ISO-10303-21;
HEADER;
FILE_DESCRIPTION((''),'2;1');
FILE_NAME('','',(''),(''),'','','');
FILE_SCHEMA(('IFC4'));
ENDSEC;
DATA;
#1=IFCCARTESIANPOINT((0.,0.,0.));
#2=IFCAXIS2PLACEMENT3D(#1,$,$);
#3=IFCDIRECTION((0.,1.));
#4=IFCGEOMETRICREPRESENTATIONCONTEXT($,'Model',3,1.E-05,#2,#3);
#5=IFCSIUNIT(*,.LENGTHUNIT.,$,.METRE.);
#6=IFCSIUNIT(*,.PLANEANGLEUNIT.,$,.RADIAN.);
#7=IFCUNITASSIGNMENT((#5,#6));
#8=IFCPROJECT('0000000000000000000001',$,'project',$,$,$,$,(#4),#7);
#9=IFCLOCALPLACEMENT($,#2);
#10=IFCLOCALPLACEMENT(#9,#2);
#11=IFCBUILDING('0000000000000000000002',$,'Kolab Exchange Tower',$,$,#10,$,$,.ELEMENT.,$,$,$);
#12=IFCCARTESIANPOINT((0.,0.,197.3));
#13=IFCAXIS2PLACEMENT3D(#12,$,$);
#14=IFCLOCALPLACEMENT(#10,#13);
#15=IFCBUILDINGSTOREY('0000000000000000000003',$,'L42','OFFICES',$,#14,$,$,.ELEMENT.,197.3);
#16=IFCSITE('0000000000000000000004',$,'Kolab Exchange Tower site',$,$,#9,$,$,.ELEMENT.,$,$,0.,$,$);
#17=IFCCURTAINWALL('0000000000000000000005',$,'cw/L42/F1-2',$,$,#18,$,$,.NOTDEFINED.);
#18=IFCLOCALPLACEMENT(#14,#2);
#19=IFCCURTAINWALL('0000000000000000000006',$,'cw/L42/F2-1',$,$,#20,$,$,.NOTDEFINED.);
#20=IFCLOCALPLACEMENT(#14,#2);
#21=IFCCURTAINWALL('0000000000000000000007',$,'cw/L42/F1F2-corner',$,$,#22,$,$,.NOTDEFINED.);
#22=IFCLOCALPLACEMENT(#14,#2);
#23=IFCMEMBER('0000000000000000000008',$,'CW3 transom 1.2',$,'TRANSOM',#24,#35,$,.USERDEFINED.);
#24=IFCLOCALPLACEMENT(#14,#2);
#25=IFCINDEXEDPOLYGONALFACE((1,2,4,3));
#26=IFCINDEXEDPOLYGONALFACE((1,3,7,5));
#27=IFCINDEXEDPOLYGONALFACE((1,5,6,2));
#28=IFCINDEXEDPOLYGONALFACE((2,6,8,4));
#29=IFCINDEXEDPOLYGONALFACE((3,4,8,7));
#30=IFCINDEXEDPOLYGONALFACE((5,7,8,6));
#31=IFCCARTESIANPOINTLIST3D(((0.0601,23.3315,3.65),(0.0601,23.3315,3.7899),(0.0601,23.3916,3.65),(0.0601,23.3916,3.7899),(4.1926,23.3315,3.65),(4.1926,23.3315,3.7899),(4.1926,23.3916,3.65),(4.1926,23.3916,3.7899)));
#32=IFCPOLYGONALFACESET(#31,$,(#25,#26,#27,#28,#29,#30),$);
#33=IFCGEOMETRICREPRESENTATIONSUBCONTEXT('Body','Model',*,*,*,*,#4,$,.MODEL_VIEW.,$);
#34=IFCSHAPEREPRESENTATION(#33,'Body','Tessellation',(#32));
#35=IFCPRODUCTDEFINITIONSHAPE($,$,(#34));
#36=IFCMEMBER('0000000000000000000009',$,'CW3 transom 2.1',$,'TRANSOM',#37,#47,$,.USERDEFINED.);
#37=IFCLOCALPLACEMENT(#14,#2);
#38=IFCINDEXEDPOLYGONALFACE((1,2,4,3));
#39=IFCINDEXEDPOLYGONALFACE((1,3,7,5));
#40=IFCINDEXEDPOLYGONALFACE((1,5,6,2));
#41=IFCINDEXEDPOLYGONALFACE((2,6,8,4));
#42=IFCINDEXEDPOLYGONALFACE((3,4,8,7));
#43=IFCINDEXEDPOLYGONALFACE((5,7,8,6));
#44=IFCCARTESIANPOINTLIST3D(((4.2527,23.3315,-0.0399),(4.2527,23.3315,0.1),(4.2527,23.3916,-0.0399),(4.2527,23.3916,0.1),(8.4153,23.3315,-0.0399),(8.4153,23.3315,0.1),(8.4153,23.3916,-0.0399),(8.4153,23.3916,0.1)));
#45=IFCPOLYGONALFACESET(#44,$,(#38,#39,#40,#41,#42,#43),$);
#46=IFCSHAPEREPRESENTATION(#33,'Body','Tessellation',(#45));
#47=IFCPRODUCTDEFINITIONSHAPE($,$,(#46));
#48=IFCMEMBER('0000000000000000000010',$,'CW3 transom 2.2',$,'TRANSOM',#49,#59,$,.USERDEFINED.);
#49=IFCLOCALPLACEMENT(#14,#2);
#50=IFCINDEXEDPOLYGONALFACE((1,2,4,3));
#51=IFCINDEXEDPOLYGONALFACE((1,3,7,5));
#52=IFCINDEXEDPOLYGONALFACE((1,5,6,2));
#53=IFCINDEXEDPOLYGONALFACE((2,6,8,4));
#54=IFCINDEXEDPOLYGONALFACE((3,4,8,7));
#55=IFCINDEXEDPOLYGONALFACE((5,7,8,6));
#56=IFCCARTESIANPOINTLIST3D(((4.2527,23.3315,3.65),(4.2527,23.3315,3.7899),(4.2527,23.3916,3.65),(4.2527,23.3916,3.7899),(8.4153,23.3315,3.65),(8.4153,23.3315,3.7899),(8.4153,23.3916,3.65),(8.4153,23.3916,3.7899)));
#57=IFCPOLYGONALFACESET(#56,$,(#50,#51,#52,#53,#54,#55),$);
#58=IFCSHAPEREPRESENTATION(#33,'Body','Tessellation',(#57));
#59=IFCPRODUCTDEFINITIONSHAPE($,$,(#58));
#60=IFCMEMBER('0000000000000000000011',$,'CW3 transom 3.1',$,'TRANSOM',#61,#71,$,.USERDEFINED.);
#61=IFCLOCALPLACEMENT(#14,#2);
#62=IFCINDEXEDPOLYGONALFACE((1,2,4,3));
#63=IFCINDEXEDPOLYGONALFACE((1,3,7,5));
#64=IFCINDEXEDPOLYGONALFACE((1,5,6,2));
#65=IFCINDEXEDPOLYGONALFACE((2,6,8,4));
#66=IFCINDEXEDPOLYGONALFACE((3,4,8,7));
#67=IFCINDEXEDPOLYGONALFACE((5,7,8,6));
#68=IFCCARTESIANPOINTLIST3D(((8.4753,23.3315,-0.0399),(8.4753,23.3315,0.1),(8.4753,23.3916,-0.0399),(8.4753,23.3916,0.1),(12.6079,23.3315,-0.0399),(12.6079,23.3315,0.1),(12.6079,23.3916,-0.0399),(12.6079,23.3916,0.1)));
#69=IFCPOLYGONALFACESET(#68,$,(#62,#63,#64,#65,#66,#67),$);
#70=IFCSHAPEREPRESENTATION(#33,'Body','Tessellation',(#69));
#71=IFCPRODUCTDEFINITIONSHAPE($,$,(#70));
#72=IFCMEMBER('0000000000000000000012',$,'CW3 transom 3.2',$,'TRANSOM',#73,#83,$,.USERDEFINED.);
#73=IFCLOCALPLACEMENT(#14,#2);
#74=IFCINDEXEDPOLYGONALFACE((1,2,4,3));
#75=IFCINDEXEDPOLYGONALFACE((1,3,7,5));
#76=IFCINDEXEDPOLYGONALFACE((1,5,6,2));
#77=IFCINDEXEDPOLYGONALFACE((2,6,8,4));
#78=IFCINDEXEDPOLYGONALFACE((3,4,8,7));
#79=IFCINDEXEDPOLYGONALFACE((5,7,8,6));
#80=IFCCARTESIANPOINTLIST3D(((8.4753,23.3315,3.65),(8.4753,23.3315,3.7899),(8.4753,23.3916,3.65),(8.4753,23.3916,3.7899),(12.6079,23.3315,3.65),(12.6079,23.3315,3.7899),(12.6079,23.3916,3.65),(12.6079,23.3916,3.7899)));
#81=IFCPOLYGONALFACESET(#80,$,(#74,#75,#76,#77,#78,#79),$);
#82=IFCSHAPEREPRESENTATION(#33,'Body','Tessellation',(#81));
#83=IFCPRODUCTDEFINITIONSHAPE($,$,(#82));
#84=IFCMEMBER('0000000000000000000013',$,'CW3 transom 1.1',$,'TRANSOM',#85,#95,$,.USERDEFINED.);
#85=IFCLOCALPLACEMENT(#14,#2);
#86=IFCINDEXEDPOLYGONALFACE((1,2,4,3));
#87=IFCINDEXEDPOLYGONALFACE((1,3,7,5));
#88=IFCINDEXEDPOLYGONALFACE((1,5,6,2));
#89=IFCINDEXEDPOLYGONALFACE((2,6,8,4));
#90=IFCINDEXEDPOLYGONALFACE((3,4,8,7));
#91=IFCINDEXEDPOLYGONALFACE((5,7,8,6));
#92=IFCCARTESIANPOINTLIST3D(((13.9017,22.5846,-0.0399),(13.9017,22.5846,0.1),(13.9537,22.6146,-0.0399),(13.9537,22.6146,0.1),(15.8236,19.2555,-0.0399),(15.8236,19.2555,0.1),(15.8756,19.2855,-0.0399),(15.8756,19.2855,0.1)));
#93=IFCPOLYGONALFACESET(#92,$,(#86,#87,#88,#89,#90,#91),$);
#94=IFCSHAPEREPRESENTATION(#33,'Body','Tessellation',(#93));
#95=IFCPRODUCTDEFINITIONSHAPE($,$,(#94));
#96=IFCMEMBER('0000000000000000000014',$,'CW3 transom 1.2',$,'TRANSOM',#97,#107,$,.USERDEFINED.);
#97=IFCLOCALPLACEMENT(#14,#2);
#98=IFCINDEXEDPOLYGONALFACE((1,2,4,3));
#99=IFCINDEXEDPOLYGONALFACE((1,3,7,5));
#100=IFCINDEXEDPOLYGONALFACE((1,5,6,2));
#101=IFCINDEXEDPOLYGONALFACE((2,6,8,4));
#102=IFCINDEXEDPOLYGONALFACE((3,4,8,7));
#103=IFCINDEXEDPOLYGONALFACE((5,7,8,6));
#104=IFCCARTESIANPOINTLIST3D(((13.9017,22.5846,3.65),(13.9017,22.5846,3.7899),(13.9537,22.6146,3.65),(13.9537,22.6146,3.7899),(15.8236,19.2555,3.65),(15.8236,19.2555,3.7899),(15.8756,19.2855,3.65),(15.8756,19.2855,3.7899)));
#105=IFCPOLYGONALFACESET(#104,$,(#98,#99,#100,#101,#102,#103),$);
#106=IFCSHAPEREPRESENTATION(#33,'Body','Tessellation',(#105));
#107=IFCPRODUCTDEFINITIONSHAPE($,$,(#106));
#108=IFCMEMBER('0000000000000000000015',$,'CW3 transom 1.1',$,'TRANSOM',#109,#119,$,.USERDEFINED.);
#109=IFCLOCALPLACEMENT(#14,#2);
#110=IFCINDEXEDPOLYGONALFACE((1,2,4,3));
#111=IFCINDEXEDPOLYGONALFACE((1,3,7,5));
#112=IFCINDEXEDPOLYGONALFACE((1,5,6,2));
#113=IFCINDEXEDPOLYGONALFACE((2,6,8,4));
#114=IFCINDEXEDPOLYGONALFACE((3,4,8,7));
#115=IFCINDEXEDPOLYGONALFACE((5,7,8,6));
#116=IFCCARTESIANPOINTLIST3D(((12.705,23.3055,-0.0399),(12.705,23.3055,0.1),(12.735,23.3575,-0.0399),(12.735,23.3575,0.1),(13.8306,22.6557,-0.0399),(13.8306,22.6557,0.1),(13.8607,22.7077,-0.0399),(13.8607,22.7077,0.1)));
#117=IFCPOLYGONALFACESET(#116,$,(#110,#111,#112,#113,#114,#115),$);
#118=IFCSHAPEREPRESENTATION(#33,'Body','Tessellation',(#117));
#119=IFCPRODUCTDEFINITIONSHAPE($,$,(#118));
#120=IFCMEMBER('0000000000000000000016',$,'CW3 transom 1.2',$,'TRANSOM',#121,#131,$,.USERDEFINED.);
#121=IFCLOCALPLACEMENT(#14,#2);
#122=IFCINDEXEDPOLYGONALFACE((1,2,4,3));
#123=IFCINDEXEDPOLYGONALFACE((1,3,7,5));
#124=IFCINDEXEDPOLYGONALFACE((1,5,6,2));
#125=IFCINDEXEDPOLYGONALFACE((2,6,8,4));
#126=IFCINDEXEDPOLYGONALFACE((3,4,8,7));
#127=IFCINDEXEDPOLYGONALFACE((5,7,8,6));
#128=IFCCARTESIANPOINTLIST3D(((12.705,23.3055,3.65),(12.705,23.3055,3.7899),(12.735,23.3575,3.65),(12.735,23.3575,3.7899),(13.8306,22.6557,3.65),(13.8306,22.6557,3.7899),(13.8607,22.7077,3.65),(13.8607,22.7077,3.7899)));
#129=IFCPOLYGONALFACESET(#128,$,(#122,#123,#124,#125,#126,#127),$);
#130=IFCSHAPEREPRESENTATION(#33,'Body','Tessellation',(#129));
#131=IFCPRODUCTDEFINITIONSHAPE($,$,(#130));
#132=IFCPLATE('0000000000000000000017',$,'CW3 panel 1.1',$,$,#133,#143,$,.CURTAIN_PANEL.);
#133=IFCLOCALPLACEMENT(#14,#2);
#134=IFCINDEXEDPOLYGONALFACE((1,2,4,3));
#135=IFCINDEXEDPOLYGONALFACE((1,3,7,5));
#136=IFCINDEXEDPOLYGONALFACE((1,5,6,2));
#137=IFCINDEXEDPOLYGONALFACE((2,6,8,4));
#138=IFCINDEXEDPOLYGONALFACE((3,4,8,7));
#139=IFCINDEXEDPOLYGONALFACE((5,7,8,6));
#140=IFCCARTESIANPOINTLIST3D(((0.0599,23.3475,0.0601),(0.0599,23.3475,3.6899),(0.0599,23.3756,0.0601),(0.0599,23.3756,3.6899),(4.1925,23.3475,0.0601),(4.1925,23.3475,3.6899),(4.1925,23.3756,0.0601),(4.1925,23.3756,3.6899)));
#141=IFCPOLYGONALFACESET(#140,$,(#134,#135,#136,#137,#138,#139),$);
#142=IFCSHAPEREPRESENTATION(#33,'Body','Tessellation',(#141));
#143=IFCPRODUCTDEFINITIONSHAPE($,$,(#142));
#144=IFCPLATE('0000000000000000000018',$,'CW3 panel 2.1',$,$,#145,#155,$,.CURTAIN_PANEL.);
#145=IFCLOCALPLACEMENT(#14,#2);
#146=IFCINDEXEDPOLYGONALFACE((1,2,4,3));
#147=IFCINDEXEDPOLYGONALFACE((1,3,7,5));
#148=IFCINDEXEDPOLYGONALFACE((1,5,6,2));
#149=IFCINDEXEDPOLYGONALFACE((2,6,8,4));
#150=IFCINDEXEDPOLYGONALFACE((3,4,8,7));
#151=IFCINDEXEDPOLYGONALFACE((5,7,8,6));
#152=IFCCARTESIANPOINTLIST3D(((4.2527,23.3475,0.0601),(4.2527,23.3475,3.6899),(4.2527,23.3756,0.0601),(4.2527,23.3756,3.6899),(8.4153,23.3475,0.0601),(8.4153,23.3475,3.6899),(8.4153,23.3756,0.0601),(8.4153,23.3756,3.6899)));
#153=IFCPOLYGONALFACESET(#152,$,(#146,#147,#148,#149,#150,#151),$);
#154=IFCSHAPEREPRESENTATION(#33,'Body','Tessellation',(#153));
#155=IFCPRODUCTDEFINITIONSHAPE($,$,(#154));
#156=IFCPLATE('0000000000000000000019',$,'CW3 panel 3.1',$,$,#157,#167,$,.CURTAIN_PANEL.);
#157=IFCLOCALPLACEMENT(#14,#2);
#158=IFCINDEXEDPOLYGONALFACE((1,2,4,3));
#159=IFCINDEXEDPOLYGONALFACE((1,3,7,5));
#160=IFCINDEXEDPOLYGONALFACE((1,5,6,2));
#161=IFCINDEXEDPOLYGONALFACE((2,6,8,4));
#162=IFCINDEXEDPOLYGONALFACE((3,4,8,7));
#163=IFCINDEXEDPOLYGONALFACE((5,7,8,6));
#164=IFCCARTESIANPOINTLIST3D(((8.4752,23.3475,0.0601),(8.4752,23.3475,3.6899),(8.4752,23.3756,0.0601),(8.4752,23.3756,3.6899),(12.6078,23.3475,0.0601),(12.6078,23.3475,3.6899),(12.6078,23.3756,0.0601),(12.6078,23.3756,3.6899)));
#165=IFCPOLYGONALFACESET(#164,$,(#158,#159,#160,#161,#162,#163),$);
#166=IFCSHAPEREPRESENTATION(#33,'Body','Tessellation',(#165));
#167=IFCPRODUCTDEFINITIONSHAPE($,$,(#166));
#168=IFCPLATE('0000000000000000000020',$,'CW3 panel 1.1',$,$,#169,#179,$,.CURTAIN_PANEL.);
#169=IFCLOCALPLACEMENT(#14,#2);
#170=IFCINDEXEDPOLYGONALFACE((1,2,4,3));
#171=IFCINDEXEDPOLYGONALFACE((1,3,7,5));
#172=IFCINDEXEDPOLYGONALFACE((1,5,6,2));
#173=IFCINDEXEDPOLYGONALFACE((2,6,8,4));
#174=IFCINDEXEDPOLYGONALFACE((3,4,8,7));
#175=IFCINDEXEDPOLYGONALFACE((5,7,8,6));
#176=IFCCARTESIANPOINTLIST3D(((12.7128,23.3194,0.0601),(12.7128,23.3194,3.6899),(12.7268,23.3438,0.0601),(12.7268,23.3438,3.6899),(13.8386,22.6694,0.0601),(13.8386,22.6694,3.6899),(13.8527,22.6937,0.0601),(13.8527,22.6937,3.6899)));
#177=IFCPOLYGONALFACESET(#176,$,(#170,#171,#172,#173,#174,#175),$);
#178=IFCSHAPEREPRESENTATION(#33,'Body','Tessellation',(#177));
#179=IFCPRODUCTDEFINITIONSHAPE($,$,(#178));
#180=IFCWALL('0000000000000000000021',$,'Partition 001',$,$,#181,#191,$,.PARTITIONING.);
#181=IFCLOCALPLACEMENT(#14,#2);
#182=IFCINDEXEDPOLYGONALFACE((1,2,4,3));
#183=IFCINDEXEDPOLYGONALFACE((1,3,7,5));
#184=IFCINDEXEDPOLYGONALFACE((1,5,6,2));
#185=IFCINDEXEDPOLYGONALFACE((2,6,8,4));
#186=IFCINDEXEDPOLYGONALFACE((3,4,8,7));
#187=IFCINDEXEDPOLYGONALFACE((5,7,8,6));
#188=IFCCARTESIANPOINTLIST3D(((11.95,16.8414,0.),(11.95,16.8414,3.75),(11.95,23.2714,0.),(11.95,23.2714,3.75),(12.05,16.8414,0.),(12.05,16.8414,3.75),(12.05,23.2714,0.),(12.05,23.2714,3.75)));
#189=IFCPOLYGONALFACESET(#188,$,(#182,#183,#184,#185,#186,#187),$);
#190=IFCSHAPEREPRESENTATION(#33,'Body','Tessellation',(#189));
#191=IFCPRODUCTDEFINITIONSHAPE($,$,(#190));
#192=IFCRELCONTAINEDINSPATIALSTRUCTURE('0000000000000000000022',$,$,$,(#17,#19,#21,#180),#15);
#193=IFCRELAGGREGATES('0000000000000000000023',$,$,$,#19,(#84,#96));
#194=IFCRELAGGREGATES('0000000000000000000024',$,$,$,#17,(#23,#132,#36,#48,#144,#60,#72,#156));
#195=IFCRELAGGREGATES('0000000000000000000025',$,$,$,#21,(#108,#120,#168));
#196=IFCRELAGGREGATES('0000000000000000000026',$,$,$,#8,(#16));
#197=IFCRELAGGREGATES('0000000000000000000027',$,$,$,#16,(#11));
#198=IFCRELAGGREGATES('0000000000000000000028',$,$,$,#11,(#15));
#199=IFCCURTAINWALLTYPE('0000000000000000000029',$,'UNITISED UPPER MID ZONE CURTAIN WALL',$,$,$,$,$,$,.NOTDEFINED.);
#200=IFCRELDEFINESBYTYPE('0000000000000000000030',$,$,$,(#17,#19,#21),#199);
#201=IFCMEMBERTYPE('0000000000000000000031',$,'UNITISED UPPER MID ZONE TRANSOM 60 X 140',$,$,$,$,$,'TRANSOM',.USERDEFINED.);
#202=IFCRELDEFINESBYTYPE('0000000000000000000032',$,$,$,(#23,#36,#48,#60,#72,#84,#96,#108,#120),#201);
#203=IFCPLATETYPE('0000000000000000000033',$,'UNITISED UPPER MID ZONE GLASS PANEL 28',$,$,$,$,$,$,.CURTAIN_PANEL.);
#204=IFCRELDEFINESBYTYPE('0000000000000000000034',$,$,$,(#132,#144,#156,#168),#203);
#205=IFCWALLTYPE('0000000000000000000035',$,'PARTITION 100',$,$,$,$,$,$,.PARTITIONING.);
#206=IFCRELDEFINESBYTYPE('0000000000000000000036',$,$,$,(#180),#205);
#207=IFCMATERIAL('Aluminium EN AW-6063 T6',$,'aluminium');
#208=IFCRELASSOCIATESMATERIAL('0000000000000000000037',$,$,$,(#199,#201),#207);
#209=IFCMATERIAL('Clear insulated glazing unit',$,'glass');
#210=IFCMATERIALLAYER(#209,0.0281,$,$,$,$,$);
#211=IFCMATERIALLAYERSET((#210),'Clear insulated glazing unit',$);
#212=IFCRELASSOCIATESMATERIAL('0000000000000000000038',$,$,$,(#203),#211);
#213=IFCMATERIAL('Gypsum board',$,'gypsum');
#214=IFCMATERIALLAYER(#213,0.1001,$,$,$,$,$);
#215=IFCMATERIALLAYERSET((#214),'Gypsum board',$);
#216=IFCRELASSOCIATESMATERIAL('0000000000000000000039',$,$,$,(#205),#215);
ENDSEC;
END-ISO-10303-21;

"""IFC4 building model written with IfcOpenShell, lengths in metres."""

from ifc_helpers import new_model, si_unit, direction, frame, frame_2d, origin, origin_2d, place, context, subcontext, project, spatial, rectangle, extrude, material, layer, layer_set, material_profile, profile_set, type_object, element, aggregate, save


model = new_model("IFC4")

# Units and contexts
model_context = context("Model", 3, precision=1e-05, world=origin(), true_north=direction((0.0, 1.0)))
body_context = subcontext(model_context, "Body", "Model", "MODEL_VIEW")
ifc_project = project(units=[si_unit("LENGTHUNIT", "METRE"), si_unit("PLANEANGLEUNIT", "RADIAN")], contexts=[model_context])

# Site, building, storey
site_placement = place(None, origin())
site = spatial("IfcSite", under=ifc_project, at=site_placement, Name="Kolab Exchange Tower site", CompositionType="ELEMENT", RefElevation=0.0)
building_placement = place(site_placement, origin())
building = spatial("IfcBuilding", under=site, at=building_placement, Name="Kolab Exchange Tower", CompositionType="ELEMENT")
storey_placement = place(building_placement, frame((0.0, 0.0, 197.3)))
storey = spatial("IfcBuildingStorey", under=building, at=storey_placement, Name="L42", Description="OFFICES", CompositionType="ELEMENT", Elevation=197.3)

# Curtain wall
ifc_material_1 = material(Name="Aluminium EN AW-6063 T6", Category="aluminium")
curtain_wall_type = type_object("IfcCurtainWallType", Name="UNITISED UPPER MID ZONE CURTAIN WALL", PredefinedType="NOTDEFINED", material=ifc_material_1)
curtain_wall_1_placement = place(storey_placement, origin())
curtain_wall_1 = element("IfcCurtainWall", 1, at=curtain_wall_1_placement, inside=storey, type_object=curtain_wall_type, Name="cw/L42/F1-2", PredefinedType="NOTDEFINED")

# Curtain wall
curtain_wall_2_placement = place(storey_placement, origin())
curtain_wall_2 = element("IfcCurtainWall", 2, at=curtain_wall_2_placement, inside=storey, type_object=curtain_wall_type, Name="cw/L42/F2-1", PredefinedType="NOTDEFINED")

# Curtain wall
curtain_wall_3_placement = place(storey_placement, origin())
curtain_wall_3 = element("IfcCurtainWall", 3, at=curtain_wall_3_placement, inside=storey, type_object=curtain_wall_type, Name="cw/L42/F1F2-corner", PredefinedType="NOTDEFINED")

# Members
ifc_material_profile_1 = material_profile(ifc_material_1, rectangle(XDim=0.0601, YDim=0.1399, at=origin_2d()), Name="RECT 60X140")
ifc_profile_set_1 = profile_set([ifc_material_profile_1], Name="Aluminium EN AW-6063 T6")
member_type_1 = type_object("IfcMemberType", Name="UNITISED UPPER MID ZONE TRANSOM 60 X 140", ElementType="TRANSOM", PredefinedType="USERDEFINED", material=ifc_profile_set_1)
member_1_placement = place(storey_placement, frame((0.0601, 23.3616, 3.72), z_axis=(1.0, 0.0, 0.0), x_axis=(0.0, 1.0, 0.0)))
member_1 = element("IfcMember", 4, at=member_1_placement, type_object=member_type_1, Name="CW3 transom 1.2", ObjectType="TRANSOM", PredefinedType="USERDEFINED", context=body_context, shape_type="SweptSolid", body=[
    extrude(rectangle(XDim=0.0601, YDim=0.1399, at=origin_2d()), origin(), (0.0, 0.0, 1.0), 4.1326),
])
member_2_placement = place(storey_placement, frame((4.2527, 23.3616, 0.03), z_axis=(1.0, 0.0, 0.0), x_axis=(0.0, 1.0, 0.0)))
member_2 = element("IfcMember", 5, at=member_2_placement, type_object=member_type_1, Name="CW3 transom 2.1", ObjectType="TRANSOM", PredefinedType="USERDEFINED", context=body_context, shape_type="SweptSolid", body=[
    extrude(rectangle(XDim=0.0601, YDim=0.1399, at=origin_2d()), origin(), (0.0, 0.0, 1.0), 4.1626),
])
member_3_placement = place(storey_placement, frame((4.2527, 23.3616, 3.72), z_axis=(1.0, 0.0, 0.0), x_axis=(0.0, 1.0, 0.0)))
member_3 = element("IfcMember", 6, at=member_3_placement, type_object=member_type_1, Name="CW3 transom 2.2", ObjectType="TRANSOM", PredefinedType="USERDEFINED", context=body_context, shape_type="SweptSolid", body=[
    extrude(rectangle(XDim=0.0601, YDim=0.1399, at=origin_2d()), origin(), (0.0, 0.0, 1.0), 4.1626),
])
member_4_placement = place(storey_placement, frame((8.4753, 23.3616, 0.03), z_axis=(1.0, 0.0, 0.0), x_axis=(0.0, 1.0, 0.0)))
member_4 = element("IfcMember", 7, at=member_4_placement, type_object=member_type_1, Name="CW3 transom 3.1", ObjectType="TRANSOM", PredefinedType="USERDEFINED", context=body_context, shape_type="SweptSolid", body=[
    extrude(rectangle(XDim=0.0601, YDim=0.1399, at=origin_2d()), origin(), (0.0, 0.0, 1.0), 4.1326),
])
member_5_placement = place(storey_placement, frame((8.4753, 23.3616, 3.72), z_axis=(1.0, 0.0, 0.0), x_axis=(0.0, 1.0, 0.0)))
member_5 = element("IfcMember", 8, at=member_5_placement, type_object=member_type_1, Name="CW3 transom 3.2", ObjectType="TRANSOM", PredefinedType="USERDEFINED", context=body_context, shape_type="SweptSolid", body=[
    extrude(rectangle(XDim=0.0601, YDim=0.1399, at=origin_2d()), origin(), (0.0, 0.0, 1.0), 4.1326),
])
member_6_placement = place(storey_placement, frame((13.9277, 22.5996, 0.03), z_axis=(0.499964, -0.866046, 0.0), x_axis=(0.866046, 0.499964, 0.0)))
member_6 = element("IfcMember", 9, at=member_6_placement, type_object=member_type_1, Name="CW3 transom 1.1", ObjectType="TRANSOM", PredefinedType="USERDEFINED", context=body_context, shape_type="SweptSolid", body=[
    extrude(rectangle(XDim=0.0601, YDim=0.1399, at=origin_2d()), origin(), (0.0, 0.0, 1.0), 3.844),
])
member_7_placement = place(storey_placement, frame((13.9277, 22.5996, 3.72), z_axis=(0.499964, -0.866046, 0.0), x_axis=(0.866046, 0.499964, 0.0)))
member_7 = element("IfcMember", 10, at=member_7_placement, type_object=member_type_1, Name="CW3 transom 1.2", ObjectType="TRANSOM", PredefinedType="USERDEFINED", context=body_context, shape_type="SweptSolid", body=[
    extrude(rectangle(XDim=0.0601, YDim=0.1399, at=origin_2d()), origin(), (0.0, 0.0, 1.0), 3.844),
])
aggregate(curtain_wall_2, [member_6, member_7])
member_8_placement = place(storey_placement, frame((12.72, 23.3315, 0.03), z_axis=(0.866039, -0.499977, 0.0), x_axis=(0.499977, 0.866039, 0.0)))
member_8 = element("IfcMember", 11, at=member_8_placement, type_object=member_type_1, Name="CW3 transom 1.1", ObjectType="TRANSOM", PredefinedType="USERDEFINED", context=body_context, shape_type="SweptSolid", body=[
    extrude(rectangle(XDim=0.0601, YDim=0.1399, at=origin_2d()), origin(), (0.0, 0.0, 1.0), 1.2998),
])
member_9_placement = place(storey_placement, frame((12.72, 23.3315, 3.72), z_axis=(0.866039, -0.499977, 0.0), x_axis=(0.499977, 0.866039, 0.0)))
member_9 = element("IfcMember", 12, at=member_9_placement, type_object=member_type_1, Name="CW3 transom 1.2", ObjectType="TRANSOM", PredefinedType="USERDEFINED", context=body_context, shape_type="SweptSolid", body=[
    extrude(rectangle(XDim=0.0601, YDim=0.1399, at=origin_2d()), origin(), (0.0, 0.0, 1.0), 1.2998),
])

# Plates
ifc_material_2 = material(Name="Clear insulated glazing unit", Category="glass")
ifc_layer_1 = layer(ifc_material_2, 0.0281)
ifc_layer_set_1 = layer_set([ifc_layer_1], Name="Clear insulated glazing unit")
plate_type = type_object("IfcPlateType", Name="UNITISED UPPER MID ZONE GLASS PANEL 28", PredefinedType="CURTAIN_PANEL", material=ifc_layer_set_1)
plate_1_placement = place(storey_placement, frame((2.1262, 23.3616, 0.0601), z_axis=(0.0, 0.0, 1.0), x_axis=(1.0, 0.0, 0.0)))
plate_1 = element("IfcPlate", 13, at=plate_1_placement, type_object=plate_type, Name="CW3 panel 1.1", PredefinedType="CURTAIN_PANEL", context=body_context, shape_type="SweptSolid", body=[
    extrude(rectangle(XDim=4.1326, YDim=0.0281, at=origin_2d()), origin(), (0.0, 0.0, 1.0), 3.6299),
])
plate_2_placement = place(storey_placement, frame((6.334, 23.3616, 0.0601), z_axis=(0.0, 0.0, 1.0), x_axis=(1.0, 0.0, 0.0)))
plate_2 = element("IfcPlate", 14, at=plate_2_placement, type_object=plate_type, Name="CW3 panel 2.1", PredefinedType="CURTAIN_PANEL", context=body_context, shape_type="SweptSolid", body=[
    extrude(rectangle(XDim=4.1626, YDim=0.0281, at=origin_2d()), origin(), (0.0, 0.0, 1.0), 3.6299),
])
plate_3_placement = place(storey_placement, frame((10.5415, 23.3616, 0.0601), z_axis=(0.0, 0.0, 1.0), x_axis=(1.0, 0.0, 0.0)))
plate_3 = element("IfcPlate", 15, at=plate_3_placement, type_object=plate_type, Name="CW3 panel 3.1", PredefinedType="CURTAIN_PANEL", context=body_context, shape_type="SweptSolid", body=[
    extrude(rectangle(XDim=4.1326, YDim=0.0281, at=origin_2d()), origin(), (0.0, 0.0, 1.0), 3.6299),
])
aggregate(curtain_wall_1, [member_1, plate_1, member_2, member_3, plate_2, member_4, member_5, plate_3])
plate_4_placement = place(storey_placement, frame((13.2827, 23.0066, 0.0601), z_axis=(0.0, 0.0, 1.0), x_axis=(0.866025, -0.5, 0.0)))
plate_4 = element("IfcPlate", 16, at=plate_4_placement, type_object=plate_type, Name="CW3 panel 1.1", PredefinedType="CURTAIN_PANEL", context=body_context, shape_type="SweptSolid", body=[
    extrude(rectangle(XDim=1.3, YDim=0.0281, at=origin_2d()), origin(), (0.0, 0.0, 1.0), 3.6299),
])
aggregate(curtain_wall_3, [member_8, member_9, plate_4])

# Wall
ifc_material_3 = material(Name="Gypsum board", Category="gypsum")
ifc_layer_2 = layer(ifc_material_3, 0.1001)
ifc_layer_set_2 = layer_set([ifc_layer_2], Name="Gypsum board")
wall_type = type_object("IfcWallType", Name="PARTITION 100", PredefinedType="PARTITIONING", material=ifc_layer_set_2)
wall_placement = place(storey_placement, frame((12.0, 16.8416, 0.0), z_axis=(0.0, 0.0, 1.0), x_axis=(0.0, 1.0, 0.0)))
element("IfcWall", 17, at=wall_placement, inside=storey, type_object=wall_type, Name="Partition 001", PredefinedType="PARTITIONING", context=body_context, shape_type="SweptSolid", body=[
    extrude(rectangle(XDim=6.4299, YDim=0.1001, at=frame_2d((3.2148, 0.0))), origin(), (0.0, 0.0, 1.0), 3.75),
])

save(model, "model.ifc")
